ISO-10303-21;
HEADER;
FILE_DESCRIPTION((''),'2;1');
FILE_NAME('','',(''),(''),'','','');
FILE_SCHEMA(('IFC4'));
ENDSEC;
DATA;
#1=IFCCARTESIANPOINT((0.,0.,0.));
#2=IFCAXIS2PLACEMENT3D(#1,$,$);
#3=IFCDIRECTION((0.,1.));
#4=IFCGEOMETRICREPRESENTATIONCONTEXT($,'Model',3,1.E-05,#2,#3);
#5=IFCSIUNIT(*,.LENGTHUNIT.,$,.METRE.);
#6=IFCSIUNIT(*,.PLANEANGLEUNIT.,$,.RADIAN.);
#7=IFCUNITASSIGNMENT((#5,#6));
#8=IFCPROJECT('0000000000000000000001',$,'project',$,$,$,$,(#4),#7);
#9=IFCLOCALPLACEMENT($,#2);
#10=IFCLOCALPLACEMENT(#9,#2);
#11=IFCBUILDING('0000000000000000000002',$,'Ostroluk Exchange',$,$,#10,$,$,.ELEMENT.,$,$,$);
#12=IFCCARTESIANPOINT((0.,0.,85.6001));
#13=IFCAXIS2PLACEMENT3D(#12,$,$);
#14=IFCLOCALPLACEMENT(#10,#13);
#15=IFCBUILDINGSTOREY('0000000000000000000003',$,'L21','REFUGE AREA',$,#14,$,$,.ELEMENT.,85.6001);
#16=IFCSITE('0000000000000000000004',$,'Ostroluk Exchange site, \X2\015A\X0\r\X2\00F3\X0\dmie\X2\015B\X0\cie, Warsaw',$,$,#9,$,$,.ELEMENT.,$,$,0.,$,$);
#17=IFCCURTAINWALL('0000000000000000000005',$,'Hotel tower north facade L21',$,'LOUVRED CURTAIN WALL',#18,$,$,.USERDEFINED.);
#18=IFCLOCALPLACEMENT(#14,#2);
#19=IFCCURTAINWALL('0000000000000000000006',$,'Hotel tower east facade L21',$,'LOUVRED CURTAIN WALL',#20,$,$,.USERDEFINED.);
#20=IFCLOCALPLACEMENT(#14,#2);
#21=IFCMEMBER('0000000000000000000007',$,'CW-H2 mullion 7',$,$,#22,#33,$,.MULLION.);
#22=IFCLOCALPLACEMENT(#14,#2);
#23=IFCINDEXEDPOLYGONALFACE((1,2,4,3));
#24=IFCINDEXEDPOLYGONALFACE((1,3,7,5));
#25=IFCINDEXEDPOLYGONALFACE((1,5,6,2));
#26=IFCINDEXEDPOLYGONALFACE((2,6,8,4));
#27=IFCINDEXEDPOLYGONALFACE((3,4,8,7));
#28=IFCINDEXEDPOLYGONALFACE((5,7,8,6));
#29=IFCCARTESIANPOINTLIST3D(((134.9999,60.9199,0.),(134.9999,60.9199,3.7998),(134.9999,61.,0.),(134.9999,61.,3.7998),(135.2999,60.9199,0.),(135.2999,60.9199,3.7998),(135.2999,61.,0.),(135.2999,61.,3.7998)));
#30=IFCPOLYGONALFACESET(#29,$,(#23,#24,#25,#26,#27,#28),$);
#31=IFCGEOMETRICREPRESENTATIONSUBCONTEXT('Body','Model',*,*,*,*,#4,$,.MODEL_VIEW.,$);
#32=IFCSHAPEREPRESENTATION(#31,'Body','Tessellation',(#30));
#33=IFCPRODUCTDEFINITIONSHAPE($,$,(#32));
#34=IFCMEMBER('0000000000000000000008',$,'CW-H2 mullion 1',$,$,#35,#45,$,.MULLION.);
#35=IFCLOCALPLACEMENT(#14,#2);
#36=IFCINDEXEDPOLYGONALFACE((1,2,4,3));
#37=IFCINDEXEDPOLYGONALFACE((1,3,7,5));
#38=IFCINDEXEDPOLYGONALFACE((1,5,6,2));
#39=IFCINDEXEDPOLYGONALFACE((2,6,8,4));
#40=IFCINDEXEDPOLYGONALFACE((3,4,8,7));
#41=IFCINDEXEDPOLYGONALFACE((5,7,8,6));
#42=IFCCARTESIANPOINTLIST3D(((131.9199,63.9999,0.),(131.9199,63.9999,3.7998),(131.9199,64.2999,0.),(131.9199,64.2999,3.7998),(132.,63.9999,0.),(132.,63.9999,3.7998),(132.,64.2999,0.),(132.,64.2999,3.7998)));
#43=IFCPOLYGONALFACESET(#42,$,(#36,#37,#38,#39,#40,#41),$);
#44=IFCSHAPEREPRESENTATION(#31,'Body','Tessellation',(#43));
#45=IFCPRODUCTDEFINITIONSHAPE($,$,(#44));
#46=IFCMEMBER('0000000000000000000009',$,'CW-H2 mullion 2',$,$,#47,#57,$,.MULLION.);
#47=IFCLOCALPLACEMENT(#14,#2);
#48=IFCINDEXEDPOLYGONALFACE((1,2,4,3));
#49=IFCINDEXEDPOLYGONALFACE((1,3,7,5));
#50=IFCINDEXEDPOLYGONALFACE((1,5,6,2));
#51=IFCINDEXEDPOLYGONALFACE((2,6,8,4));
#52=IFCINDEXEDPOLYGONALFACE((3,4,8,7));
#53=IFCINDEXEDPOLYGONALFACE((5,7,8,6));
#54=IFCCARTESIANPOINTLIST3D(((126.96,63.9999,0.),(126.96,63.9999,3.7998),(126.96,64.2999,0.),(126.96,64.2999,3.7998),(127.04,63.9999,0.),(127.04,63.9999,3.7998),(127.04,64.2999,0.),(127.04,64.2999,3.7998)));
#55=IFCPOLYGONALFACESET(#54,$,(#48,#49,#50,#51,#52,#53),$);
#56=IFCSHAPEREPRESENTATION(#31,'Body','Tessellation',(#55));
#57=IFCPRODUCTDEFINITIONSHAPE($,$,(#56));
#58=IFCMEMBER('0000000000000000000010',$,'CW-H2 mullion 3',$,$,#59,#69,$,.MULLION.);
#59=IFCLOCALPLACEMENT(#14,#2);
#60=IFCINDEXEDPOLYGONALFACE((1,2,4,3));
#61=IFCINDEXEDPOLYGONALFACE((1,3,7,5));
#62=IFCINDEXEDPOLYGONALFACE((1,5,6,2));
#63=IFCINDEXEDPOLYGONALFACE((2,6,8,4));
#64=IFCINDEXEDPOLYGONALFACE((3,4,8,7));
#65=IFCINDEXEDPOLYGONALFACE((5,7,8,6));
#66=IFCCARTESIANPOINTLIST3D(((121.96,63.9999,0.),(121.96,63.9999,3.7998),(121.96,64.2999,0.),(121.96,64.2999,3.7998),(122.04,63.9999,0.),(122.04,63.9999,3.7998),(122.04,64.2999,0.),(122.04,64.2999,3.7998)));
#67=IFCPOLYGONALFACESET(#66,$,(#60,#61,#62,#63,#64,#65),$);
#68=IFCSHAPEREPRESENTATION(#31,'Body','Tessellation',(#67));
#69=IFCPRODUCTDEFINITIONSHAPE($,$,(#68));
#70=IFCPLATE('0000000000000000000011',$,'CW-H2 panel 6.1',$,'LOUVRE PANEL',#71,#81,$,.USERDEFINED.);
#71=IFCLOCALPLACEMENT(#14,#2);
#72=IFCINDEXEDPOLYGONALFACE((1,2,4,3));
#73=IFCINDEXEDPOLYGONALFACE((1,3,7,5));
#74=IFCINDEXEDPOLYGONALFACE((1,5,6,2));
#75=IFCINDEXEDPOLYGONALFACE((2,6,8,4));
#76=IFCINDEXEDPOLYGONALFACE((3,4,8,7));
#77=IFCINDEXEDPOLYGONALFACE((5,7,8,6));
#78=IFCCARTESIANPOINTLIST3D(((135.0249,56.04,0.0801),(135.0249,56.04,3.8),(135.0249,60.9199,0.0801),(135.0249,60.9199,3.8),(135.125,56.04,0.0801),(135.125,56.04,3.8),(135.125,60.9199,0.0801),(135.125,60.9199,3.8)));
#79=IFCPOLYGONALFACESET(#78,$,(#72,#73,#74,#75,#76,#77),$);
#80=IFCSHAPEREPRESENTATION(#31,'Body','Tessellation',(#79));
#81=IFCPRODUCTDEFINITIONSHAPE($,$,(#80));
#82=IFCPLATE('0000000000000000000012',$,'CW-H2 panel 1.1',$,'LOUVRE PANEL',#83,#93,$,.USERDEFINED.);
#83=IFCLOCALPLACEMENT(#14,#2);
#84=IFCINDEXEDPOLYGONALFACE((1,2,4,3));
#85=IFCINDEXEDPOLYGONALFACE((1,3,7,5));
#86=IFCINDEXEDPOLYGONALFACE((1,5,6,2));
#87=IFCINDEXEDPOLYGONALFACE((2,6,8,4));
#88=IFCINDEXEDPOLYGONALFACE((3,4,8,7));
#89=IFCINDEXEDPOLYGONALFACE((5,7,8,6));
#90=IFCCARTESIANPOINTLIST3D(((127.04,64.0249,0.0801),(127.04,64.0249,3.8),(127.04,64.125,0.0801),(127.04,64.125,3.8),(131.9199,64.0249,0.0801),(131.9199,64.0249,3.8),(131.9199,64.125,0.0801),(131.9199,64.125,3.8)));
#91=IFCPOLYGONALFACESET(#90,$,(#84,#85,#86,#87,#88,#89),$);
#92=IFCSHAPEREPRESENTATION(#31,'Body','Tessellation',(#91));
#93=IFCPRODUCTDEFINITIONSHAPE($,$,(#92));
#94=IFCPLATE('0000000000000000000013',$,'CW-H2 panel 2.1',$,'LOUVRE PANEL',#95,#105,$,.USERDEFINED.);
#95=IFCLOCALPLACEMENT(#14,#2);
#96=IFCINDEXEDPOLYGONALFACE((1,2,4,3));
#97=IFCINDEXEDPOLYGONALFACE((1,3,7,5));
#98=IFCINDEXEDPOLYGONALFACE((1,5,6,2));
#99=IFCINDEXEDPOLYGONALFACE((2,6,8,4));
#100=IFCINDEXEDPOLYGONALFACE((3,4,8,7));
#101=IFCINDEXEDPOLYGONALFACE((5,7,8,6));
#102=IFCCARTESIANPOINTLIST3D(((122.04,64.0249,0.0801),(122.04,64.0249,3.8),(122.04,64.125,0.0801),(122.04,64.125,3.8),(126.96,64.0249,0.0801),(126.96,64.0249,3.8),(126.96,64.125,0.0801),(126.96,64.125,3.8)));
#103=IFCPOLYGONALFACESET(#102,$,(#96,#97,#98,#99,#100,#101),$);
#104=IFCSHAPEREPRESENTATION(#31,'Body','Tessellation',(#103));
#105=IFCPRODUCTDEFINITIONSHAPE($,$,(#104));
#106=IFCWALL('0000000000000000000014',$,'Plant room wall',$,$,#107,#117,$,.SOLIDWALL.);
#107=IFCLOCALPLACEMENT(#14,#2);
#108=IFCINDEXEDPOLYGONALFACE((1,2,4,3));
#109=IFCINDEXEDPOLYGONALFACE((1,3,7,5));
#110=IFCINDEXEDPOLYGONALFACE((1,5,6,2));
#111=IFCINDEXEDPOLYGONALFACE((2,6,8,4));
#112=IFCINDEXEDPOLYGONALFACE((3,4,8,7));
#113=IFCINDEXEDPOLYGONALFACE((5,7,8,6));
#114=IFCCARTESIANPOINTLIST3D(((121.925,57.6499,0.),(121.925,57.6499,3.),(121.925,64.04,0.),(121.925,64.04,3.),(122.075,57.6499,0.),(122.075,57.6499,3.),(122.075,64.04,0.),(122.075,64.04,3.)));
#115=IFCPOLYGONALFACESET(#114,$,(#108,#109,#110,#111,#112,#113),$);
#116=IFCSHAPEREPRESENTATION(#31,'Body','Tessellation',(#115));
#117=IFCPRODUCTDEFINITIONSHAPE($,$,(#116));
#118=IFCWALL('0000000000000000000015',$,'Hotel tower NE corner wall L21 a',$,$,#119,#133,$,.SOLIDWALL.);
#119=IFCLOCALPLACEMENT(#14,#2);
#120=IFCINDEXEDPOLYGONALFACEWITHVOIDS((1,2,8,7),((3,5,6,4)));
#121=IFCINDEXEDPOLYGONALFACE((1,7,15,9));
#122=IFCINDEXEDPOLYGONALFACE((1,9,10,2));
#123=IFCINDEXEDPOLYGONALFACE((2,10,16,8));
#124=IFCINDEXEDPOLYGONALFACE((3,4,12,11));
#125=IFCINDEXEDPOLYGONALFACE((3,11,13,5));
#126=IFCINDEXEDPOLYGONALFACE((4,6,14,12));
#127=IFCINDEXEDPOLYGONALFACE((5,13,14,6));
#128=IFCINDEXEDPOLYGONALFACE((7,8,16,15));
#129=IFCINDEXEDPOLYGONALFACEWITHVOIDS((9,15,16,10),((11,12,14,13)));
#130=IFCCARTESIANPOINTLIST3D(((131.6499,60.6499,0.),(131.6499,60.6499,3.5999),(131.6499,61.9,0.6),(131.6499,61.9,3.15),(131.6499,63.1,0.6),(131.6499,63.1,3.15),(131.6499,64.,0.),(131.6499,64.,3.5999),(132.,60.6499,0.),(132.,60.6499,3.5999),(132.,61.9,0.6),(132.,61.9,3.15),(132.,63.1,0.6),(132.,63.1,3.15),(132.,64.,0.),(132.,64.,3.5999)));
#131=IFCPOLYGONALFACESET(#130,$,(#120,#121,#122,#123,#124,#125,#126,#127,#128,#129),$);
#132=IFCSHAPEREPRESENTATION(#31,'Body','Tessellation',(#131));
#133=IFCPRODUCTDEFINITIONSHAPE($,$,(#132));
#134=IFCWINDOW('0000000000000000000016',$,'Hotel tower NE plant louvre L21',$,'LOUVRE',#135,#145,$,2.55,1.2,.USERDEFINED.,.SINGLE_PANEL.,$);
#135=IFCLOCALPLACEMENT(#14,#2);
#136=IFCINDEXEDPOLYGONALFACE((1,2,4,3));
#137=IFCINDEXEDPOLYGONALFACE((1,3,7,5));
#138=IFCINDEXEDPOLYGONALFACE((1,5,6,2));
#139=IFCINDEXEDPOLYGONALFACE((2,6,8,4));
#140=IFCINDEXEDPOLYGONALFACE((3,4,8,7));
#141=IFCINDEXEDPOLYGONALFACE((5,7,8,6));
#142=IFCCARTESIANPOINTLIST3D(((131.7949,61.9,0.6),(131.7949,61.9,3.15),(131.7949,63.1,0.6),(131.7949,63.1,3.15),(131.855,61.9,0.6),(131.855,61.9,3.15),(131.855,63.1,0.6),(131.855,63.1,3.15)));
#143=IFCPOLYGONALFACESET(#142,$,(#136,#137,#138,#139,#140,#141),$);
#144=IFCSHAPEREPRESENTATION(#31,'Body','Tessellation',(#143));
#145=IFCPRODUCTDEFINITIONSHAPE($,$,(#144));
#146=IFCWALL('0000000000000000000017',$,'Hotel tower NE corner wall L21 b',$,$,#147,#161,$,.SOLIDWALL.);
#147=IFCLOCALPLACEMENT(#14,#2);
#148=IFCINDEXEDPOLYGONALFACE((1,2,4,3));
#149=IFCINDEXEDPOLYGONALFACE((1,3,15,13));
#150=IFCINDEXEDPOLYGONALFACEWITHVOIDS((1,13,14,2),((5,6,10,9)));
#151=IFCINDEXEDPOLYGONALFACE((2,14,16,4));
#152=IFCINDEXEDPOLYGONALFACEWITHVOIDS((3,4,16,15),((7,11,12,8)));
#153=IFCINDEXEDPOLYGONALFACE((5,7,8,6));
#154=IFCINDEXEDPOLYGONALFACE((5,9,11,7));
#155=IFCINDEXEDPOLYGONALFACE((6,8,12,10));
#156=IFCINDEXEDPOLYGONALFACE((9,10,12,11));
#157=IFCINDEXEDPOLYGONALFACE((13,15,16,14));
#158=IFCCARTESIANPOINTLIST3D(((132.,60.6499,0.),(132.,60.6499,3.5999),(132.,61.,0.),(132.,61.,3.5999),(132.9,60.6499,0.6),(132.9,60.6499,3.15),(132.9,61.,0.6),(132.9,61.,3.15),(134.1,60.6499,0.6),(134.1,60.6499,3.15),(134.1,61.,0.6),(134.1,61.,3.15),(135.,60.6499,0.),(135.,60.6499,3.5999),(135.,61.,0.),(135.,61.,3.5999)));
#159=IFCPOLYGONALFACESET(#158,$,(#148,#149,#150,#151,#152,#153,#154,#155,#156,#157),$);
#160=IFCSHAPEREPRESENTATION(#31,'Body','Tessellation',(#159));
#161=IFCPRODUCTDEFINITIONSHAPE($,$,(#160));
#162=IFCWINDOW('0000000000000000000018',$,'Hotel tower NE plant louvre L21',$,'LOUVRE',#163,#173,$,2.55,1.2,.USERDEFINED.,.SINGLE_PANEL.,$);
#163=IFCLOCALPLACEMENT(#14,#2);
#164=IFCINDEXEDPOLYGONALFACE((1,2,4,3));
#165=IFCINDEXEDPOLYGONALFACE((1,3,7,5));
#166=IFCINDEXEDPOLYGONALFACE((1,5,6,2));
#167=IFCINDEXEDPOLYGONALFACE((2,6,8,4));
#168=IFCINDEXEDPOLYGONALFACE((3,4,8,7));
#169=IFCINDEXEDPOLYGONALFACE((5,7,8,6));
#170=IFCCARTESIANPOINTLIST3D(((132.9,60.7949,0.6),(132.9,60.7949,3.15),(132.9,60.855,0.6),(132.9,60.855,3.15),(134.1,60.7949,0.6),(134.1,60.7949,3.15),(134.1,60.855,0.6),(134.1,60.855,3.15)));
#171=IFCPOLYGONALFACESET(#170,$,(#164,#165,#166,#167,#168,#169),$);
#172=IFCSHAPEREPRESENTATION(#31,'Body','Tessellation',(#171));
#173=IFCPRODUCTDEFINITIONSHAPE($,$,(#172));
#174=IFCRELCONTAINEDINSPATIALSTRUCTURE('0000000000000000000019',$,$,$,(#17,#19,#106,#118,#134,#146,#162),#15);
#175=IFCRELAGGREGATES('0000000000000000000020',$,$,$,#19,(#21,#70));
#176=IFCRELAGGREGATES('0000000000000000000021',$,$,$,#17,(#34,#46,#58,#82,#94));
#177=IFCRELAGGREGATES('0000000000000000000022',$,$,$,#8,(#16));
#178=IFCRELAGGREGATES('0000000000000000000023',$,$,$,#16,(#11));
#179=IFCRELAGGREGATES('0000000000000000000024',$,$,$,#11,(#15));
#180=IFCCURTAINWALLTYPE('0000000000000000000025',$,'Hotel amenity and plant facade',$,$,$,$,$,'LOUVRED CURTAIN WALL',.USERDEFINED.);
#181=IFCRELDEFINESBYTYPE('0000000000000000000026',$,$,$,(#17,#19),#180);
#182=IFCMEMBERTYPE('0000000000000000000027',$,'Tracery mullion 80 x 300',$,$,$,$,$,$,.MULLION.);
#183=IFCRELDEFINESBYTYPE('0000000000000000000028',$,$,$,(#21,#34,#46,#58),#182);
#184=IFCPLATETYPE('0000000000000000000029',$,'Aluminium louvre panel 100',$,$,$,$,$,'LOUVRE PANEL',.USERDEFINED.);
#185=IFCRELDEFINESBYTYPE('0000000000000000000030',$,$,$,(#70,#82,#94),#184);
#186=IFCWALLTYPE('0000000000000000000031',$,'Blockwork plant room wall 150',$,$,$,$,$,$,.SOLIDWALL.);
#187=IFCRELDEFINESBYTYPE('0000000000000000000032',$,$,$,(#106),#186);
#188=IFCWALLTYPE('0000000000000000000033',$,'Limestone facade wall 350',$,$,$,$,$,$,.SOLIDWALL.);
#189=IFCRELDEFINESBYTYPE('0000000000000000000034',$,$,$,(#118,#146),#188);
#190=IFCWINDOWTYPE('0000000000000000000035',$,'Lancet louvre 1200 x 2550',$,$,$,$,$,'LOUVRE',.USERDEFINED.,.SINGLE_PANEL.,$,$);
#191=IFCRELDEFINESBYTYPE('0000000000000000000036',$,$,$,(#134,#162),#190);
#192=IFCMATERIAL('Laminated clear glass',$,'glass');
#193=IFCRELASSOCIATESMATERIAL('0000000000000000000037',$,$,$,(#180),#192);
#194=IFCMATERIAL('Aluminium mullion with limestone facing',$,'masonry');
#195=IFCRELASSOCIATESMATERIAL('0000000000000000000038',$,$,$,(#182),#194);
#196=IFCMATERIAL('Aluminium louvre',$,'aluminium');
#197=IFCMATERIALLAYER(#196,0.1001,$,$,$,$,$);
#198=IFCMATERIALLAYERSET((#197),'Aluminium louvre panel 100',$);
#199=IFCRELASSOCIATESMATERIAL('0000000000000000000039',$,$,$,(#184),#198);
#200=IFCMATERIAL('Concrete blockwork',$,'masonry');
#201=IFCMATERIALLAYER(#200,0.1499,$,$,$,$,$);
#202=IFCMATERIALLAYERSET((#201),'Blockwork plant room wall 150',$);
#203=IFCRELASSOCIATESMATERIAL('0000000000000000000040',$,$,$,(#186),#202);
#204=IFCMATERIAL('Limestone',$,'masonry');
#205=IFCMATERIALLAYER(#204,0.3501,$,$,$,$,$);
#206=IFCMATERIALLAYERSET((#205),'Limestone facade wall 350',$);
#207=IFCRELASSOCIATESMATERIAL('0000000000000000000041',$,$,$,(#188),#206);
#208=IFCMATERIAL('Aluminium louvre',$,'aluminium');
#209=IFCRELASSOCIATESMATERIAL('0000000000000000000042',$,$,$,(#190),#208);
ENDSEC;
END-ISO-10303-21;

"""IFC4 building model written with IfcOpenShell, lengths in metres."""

from ifc_helpers import new_model, si_unit, direction, frame, frame_2d, origin, origin_2d, place, context, subcontext, project, spatial, rectangle, extrude, material, layer, layer_set, material_profile, profile_set, type_object, element, fill, aggregate, save


model = new_model("IFC4")

# Units and contexts
model_context = context("Model", 3, precision=1e-05, world=origin(), true_north=direction((0.0, 1.0)))
body_context = subcontext(model_context, "Body", "Model", "MODEL_VIEW")
ifc_project = project(units=[si_unit("LENGTHUNIT", "METRE"), si_unit("PLANEANGLEUNIT", "RADIAN")], contexts=[model_context])

# Site, building, storey
site_placement = place(None, origin())
site = spatial("IfcSite", under=ifc_project, at=site_placement, Name="Ostroluk Exchange site, Śródmieście, Warsaw", CompositionType="ELEMENT", RefElevation=0.0)
building_placement = place(site_placement, origin())
building = spatial("IfcBuilding", under=site, at=building_placement, Name="Ostroluk Exchange", CompositionType="ELEMENT")
storey_placement = place(building_placement, frame((0.0, 0.0, 85.6001)))
storey = spatial("IfcBuildingStorey", under=building, at=storey_placement, Name="L21", Description="REFUGE AREA", CompositionType="ELEMENT", Elevation=85.6001)

# Curtain wall
ifc_material_1 = material(Name="Laminated clear glass", Category="glass")
curtain_wall_type = type_object("IfcCurtainWallType", Name="Hotel amenity and plant facade", ElementType="LOUVRED CURTAIN WALL", PredefinedType="USERDEFINED", material=ifc_material_1)
curtain_wall_1_placement = place(storey_placement, origin())
curtain_wall_1 = element("IfcCurtainWall", 1, at=curtain_wall_1_placement, inside=storey, type_object=curtain_wall_type, Name="Hotel tower north facade L21", ObjectType="LOUVRED CURTAIN WALL", PredefinedType="USERDEFINED")

# Curtain wall, member
curtain_wall_2_placement = place(storey_placement, origin())
curtain_wall_2 = element("IfcCurtainWall", 2, at=curtain_wall_2_placement, inside=storey, type_object=curtain_wall_type, Name="Hotel tower east facade L21", ObjectType="LOUVRED CURTAIN WALL", PredefinedType="USERDEFINED")
ifc_material_2 = material(Name="Aluminium mullion with limestone facing", Category="masonry")
ifc_material_profile_1 = material_profile(ifc_material_2, rectangle(XDim=0.3, YDim=0.0801, at=origin_2d()), Name="Tracery mullion 80 x 300")
ifc_profile_set_1 = profile_set([ifc_material_profile_1], Name="Aluminium mullion with limestone facing")
member_type_1 = type_object("IfcMemberType", Name="Tracery mullion 80 x 300", PredefinedType="MULLION", material=ifc_profile_set_1)
member_1_placement = place(storey_placement, frame((135.1499, 60.96, 0.0), z_axis=(0.0, 0.0, 1.0), x_axis=(-1.0, 0.0, 0.0)))
member_1 = element("IfcMember", 3, at=member_1_placement, type_object=member_type_1, Name="CW-H2 mullion 7", PredefinedType="MULLION", context=body_context, shape_type="SweptSolid", body=[
    extrude(rectangle(XDim=0.3, YDim=0.0801, at=origin_2d()), origin(), (0.0, 0.0, 1.0), 3.7998),
])

# Members
member_2_placement = place(storey_placement, frame((131.96, 64.1499, 0.0), z_axis=(0.0, 0.0, 1.0), x_axis=(0.0, -1.0, 0.0)))
member_2 = element("IfcMember", 4, at=member_2_placement, type_object=member_type_1, Name="CW-H2 mullion 1", PredefinedType="MULLION", context=body_context, shape_type="SweptSolid", body=[
    extrude(rectangle(XDim=0.3, YDim=0.0801, at=origin_2d()), origin(), (0.0, 0.0, 1.0), 3.7998),
])
member_3_placement = place(storey_placement, frame((127.0, 64.1499, 0.0), z_axis=(0.0, 0.0, 1.0), x_axis=(0.0, -1.0, 0.0)))
member_3 = element("IfcMember", 5, at=member_3_placement, type_object=member_type_1, Name="CW-H2 mullion 2", PredefinedType="MULLION", context=body_context, shape_type="SweptSolid", body=[
    extrude(rectangle(XDim=0.3, YDim=0.0801, at=origin_2d()), origin(), (0.0, 0.0, 1.0), 3.7998),
])
member_4_placement = place(storey_placement, frame((122.0, 64.1499, 0.0), z_axis=(0.0, 0.0, 1.0), x_axis=(0.0, -1.0, 0.0)))
member_4 = element("IfcMember", 6, at=member_4_placement, type_object=member_type_1, Name="CW-H2 mullion 3", PredefinedType="MULLION", context=body_context, shape_type="SweptSolid", body=[
    extrude(rectangle(XDim=0.3, YDim=0.0801, at=origin_2d()), origin(), (0.0, 0.0, 1.0), 3.7998),
])

# Plates
ifc_material_3 = material(Name="Aluminium louvre", Category="aluminium")
ifc_layer_1 = layer(ifc_material_3, 0.1001)
ifc_layer_set_1 = layer_set([ifc_layer_1], Name="Aluminium louvre panel 100")
plate_type = type_object("IfcPlateType", Name="Aluminium louvre panel 100", ElementType="LOUVRE PANEL", PredefinedType="USERDEFINED", material=ifc_layer_set_1)
plate_1_placement = place(storey_placement, frame((135.075, 58.48, 0.0801), z_axis=(0.0, 0.0, 1.0), x_axis=(0.0, 1.0, 0.0)))
plate_1 = element("IfcPlate", 7, at=plate_1_placement, type_object=plate_type, Name="CW-H2 panel 6.1", ObjectType="LOUVRE PANEL", PredefinedType="USERDEFINED", context=body_context, shape_type="SweptSolid", body=[
    extrude(rectangle(XDim=4.8799, YDim=0.1001, at=origin_2d()), origin(), (0.0, 0.0, 1.0), 3.72),
])
aggregate(curtain_wall_2, [member_1, plate_1])
plate_2_placement = place(storey_placement, frame((129.48, 64.075, 0.0801), z_axis=(0.0, 0.0, 1.0), x_axis=(-1.0, 0.0, 0.0)))
plate_2 = element("IfcPlate", 8, at=plate_2_placement, type_object=plate_type, Name="CW-H2 panel 1.1", ObjectType="LOUVRE PANEL", PredefinedType="USERDEFINED", context=body_context, shape_type="SweptSolid", body=[
    extrude(rectangle(XDim=4.8799, YDim=0.1001, at=origin_2d()), origin(), (0.0, 0.0, 1.0), 3.72),
])
plate_3_placement = place(storey_placement, frame((124.5, 64.075, 0.0801), z_axis=(0.0, 0.0, 1.0), x_axis=(-1.0, 0.0, 0.0)))
plate_3 = element("IfcPlate", 9, at=plate_3_placement, type_object=plate_type, Name="CW-H2 panel 2.1", ObjectType="LOUVRE PANEL", PredefinedType="USERDEFINED", context=body_context, shape_type="SweptSolid", body=[
    extrude(rectangle(XDim=4.9199, YDim=0.1001, at=origin_2d()), origin(), (0.0, 0.0, 1.0), 3.72),
])
aggregate(curtain_wall_1, [member_2, member_3, member_4, plate_2, plate_3])

# Wall
ifc_material_4 = material(Name="Concrete blockwork", Category="masonry")
ifc_layer_2 = layer(ifc_material_4, 0.1499)
ifc_layer_set_2 = layer_set([ifc_layer_2], Name="Blockwork plant room wall 150")
wall_type_1 = type_object("IfcWallType", Name="Blockwork plant room wall 150", PredefinedType="SOLIDWALL", material=ifc_layer_set_2)
wall_1_placement = place(storey_placement, frame((122.0, 57.6499, 0.0), z_axis=(0.0, 0.0, 1.0), x_axis=(0.0, 1.0, 0.0)))
element("IfcWall", 10, at=wall_1_placement, inside=storey, type_object=wall_type_1, Name="Plant room wall", PredefinedType="SOLIDWALL", context=body_context, shape_type="SweptSolid", body=[
    extrude(rectangle(XDim=6.3901, YDim=0.1499, at=frame_2d((3.1951, 0.0))), origin(), (0.0, 0.0, 1.0), 3.0),
])

# Walls, openings, windows
ifc_material_5 = material(Name="Limestone", Category="masonry")
ifc_layer_3 = layer(ifc_material_5, 0.3501)
ifc_layer_set_3 = layer_set([ifc_layer_3], Name="Limestone facade wall 350")
wall_type_2 = type_object("IfcWallType", Name="Limestone facade wall 350", PredefinedType="SOLIDWALL", material=ifc_layer_set_3)
wall_2_placement = place(storey_placement, frame((131.825, 64.0, 0.0), z_axis=(0.0, 0.0, 1.0), x_axis=(0.0, -1.0, 0.0)))
wall_2 = element("IfcWall", 11, at=wall_2_placement, inside=storey, type_object=wall_type_2, Name="Hotel tower NE corner wall L21 a", PredefinedType="SOLIDWALL", context=body_context, shape_type="SweptSolid", body=[
    extrude(rectangle(XDim=3.3501, YDim=0.3501, at=frame_2d((1.675, 0.0))), origin(), (0.0, 0.0, 1.0), 3.5999),
])
opening_1_placement = place(wall_2_placement, frame((0.8999, 0.0, 0.6001)))
opening_1 = element("IfcOpeningElement", 12, at=opening_1_placement, cuts=wall_2, PredefinedType="OPENING", context=body_context, shape_type="SweptSolid", body=[
    extrude(rectangle(XDim=1.2, YDim=2.55, at=frame_2d((0.6001, 1.2749))), frame((0.0, 0.1851, 0.0), z_axis=(0.0, -1.0, 0.0), x_axis=(1.0, 0.0, 0.0)), (0.0, 0.0, 1.0), 0.3701),
])
ifc_material_6 = material(Name="Aluminium louvre", Category="aluminium")
window_type = type_object("IfcWindowType", Name="Lancet louvre 1200 x 2550", ElementType="LOUVRE", PartitioningType="SINGLE_PANEL", PredefinedType="USERDEFINED", material=ifc_material_6)
window_1_placement = place(opening_1_placement, origin())
window_1 = element("IfcWindow", 13, at=window_1_placement, inside=storey, type_object=window_type, Name="Hotel tower NE plant louvre L21", ObjectType="LOUVRE", OverallHeight=2.55, OverallWidth=1.2, PartitioningType="SINGLE_PANEL", PredefinedType="USERDEFINED", context=body_context, shape_type="SweptSolid", body=[
    extrude(rectangle(XDim=1.2, YDim=2.55, at=frame_2d((0.6001, 1.2749))), frame((0.0, 0.03, 0.0), z_axis=(0.0, -1.0, 0.0), x_axis=(1.0, 0.0, 0.0)), (0.0, 0.0, 1.0), 0.0601),
])
fill(opening_1, window_1)
wall_3_placement = place(storey_placement, frame((132.0, 60.825, 0.0), z_axis=(0.0, 0.0, 1.0), x_axis=(1.0, 0.0, 0.0)))
wall_3 = element("IfcWall", 14, at=wall_3_placement, inside=storey, type_object=wall_type_2, Name="Hotel tower NE corner wall L21 b", PredefinedType="SOLIDWALL", context=body_context, shape_type="SweptSolid", body=[
    extrude(rectangle(XDim=3.0, YDim=0.3501, at=frame_2d((1.5, 0.0))), origin(), (0.0, 0.0, 1.0), 3.5999),
])
opening_2_placement = place(wall_3_placement, frame((0.8999, 0.0, 0.6001)))
opening_2 = element("IfcOpeningElement", 15, at=opening_2_placement, cuts=wall_3, PredefinedType="OPENING", context=body_context, shape_type="SweptSolid", body=[
    extrude(rectangle(XDim=1.2, YDim=2.55, at=frame_2d((0.6001, 1.2749))), frame((0.0, 0.1851, 0.0), z_axis=(0.0, -1.0, 0.0), x_axis=(1.0, 0.0, 0.0)), (0.0, 0.0, 1.0), 0.3701),
])
window_2_placement = place(opening_2_placement, origin())
window_2 = element("IfcWindow", 16, at=window_2_placement, inside=storey, type_object=window_type, Name="Hotel tower NE plant louvre L21", ObjectType="LOUVRE", OverallHeight=2.55, OverallWidth=1.2, PartitioningType="SINGLE_PANEL", PredefinedType="USERDEFINED", context=body_context, shape_type="SweptSolid", body=[
    extrude(rectangle(XDim=1.2, YDim=2.55, at=frame_2d((0.6001, 1.2749))), frame((0.0, 0.03, 0.0), z_axis=(0.0, -1.0, 0.0), x_axis=(1.0, 0.0, 0.0)), (0.0, 0.0, 1.0), 0.0601),
])
fill(opening_2, window_2)

save(model, "model.ifc")
